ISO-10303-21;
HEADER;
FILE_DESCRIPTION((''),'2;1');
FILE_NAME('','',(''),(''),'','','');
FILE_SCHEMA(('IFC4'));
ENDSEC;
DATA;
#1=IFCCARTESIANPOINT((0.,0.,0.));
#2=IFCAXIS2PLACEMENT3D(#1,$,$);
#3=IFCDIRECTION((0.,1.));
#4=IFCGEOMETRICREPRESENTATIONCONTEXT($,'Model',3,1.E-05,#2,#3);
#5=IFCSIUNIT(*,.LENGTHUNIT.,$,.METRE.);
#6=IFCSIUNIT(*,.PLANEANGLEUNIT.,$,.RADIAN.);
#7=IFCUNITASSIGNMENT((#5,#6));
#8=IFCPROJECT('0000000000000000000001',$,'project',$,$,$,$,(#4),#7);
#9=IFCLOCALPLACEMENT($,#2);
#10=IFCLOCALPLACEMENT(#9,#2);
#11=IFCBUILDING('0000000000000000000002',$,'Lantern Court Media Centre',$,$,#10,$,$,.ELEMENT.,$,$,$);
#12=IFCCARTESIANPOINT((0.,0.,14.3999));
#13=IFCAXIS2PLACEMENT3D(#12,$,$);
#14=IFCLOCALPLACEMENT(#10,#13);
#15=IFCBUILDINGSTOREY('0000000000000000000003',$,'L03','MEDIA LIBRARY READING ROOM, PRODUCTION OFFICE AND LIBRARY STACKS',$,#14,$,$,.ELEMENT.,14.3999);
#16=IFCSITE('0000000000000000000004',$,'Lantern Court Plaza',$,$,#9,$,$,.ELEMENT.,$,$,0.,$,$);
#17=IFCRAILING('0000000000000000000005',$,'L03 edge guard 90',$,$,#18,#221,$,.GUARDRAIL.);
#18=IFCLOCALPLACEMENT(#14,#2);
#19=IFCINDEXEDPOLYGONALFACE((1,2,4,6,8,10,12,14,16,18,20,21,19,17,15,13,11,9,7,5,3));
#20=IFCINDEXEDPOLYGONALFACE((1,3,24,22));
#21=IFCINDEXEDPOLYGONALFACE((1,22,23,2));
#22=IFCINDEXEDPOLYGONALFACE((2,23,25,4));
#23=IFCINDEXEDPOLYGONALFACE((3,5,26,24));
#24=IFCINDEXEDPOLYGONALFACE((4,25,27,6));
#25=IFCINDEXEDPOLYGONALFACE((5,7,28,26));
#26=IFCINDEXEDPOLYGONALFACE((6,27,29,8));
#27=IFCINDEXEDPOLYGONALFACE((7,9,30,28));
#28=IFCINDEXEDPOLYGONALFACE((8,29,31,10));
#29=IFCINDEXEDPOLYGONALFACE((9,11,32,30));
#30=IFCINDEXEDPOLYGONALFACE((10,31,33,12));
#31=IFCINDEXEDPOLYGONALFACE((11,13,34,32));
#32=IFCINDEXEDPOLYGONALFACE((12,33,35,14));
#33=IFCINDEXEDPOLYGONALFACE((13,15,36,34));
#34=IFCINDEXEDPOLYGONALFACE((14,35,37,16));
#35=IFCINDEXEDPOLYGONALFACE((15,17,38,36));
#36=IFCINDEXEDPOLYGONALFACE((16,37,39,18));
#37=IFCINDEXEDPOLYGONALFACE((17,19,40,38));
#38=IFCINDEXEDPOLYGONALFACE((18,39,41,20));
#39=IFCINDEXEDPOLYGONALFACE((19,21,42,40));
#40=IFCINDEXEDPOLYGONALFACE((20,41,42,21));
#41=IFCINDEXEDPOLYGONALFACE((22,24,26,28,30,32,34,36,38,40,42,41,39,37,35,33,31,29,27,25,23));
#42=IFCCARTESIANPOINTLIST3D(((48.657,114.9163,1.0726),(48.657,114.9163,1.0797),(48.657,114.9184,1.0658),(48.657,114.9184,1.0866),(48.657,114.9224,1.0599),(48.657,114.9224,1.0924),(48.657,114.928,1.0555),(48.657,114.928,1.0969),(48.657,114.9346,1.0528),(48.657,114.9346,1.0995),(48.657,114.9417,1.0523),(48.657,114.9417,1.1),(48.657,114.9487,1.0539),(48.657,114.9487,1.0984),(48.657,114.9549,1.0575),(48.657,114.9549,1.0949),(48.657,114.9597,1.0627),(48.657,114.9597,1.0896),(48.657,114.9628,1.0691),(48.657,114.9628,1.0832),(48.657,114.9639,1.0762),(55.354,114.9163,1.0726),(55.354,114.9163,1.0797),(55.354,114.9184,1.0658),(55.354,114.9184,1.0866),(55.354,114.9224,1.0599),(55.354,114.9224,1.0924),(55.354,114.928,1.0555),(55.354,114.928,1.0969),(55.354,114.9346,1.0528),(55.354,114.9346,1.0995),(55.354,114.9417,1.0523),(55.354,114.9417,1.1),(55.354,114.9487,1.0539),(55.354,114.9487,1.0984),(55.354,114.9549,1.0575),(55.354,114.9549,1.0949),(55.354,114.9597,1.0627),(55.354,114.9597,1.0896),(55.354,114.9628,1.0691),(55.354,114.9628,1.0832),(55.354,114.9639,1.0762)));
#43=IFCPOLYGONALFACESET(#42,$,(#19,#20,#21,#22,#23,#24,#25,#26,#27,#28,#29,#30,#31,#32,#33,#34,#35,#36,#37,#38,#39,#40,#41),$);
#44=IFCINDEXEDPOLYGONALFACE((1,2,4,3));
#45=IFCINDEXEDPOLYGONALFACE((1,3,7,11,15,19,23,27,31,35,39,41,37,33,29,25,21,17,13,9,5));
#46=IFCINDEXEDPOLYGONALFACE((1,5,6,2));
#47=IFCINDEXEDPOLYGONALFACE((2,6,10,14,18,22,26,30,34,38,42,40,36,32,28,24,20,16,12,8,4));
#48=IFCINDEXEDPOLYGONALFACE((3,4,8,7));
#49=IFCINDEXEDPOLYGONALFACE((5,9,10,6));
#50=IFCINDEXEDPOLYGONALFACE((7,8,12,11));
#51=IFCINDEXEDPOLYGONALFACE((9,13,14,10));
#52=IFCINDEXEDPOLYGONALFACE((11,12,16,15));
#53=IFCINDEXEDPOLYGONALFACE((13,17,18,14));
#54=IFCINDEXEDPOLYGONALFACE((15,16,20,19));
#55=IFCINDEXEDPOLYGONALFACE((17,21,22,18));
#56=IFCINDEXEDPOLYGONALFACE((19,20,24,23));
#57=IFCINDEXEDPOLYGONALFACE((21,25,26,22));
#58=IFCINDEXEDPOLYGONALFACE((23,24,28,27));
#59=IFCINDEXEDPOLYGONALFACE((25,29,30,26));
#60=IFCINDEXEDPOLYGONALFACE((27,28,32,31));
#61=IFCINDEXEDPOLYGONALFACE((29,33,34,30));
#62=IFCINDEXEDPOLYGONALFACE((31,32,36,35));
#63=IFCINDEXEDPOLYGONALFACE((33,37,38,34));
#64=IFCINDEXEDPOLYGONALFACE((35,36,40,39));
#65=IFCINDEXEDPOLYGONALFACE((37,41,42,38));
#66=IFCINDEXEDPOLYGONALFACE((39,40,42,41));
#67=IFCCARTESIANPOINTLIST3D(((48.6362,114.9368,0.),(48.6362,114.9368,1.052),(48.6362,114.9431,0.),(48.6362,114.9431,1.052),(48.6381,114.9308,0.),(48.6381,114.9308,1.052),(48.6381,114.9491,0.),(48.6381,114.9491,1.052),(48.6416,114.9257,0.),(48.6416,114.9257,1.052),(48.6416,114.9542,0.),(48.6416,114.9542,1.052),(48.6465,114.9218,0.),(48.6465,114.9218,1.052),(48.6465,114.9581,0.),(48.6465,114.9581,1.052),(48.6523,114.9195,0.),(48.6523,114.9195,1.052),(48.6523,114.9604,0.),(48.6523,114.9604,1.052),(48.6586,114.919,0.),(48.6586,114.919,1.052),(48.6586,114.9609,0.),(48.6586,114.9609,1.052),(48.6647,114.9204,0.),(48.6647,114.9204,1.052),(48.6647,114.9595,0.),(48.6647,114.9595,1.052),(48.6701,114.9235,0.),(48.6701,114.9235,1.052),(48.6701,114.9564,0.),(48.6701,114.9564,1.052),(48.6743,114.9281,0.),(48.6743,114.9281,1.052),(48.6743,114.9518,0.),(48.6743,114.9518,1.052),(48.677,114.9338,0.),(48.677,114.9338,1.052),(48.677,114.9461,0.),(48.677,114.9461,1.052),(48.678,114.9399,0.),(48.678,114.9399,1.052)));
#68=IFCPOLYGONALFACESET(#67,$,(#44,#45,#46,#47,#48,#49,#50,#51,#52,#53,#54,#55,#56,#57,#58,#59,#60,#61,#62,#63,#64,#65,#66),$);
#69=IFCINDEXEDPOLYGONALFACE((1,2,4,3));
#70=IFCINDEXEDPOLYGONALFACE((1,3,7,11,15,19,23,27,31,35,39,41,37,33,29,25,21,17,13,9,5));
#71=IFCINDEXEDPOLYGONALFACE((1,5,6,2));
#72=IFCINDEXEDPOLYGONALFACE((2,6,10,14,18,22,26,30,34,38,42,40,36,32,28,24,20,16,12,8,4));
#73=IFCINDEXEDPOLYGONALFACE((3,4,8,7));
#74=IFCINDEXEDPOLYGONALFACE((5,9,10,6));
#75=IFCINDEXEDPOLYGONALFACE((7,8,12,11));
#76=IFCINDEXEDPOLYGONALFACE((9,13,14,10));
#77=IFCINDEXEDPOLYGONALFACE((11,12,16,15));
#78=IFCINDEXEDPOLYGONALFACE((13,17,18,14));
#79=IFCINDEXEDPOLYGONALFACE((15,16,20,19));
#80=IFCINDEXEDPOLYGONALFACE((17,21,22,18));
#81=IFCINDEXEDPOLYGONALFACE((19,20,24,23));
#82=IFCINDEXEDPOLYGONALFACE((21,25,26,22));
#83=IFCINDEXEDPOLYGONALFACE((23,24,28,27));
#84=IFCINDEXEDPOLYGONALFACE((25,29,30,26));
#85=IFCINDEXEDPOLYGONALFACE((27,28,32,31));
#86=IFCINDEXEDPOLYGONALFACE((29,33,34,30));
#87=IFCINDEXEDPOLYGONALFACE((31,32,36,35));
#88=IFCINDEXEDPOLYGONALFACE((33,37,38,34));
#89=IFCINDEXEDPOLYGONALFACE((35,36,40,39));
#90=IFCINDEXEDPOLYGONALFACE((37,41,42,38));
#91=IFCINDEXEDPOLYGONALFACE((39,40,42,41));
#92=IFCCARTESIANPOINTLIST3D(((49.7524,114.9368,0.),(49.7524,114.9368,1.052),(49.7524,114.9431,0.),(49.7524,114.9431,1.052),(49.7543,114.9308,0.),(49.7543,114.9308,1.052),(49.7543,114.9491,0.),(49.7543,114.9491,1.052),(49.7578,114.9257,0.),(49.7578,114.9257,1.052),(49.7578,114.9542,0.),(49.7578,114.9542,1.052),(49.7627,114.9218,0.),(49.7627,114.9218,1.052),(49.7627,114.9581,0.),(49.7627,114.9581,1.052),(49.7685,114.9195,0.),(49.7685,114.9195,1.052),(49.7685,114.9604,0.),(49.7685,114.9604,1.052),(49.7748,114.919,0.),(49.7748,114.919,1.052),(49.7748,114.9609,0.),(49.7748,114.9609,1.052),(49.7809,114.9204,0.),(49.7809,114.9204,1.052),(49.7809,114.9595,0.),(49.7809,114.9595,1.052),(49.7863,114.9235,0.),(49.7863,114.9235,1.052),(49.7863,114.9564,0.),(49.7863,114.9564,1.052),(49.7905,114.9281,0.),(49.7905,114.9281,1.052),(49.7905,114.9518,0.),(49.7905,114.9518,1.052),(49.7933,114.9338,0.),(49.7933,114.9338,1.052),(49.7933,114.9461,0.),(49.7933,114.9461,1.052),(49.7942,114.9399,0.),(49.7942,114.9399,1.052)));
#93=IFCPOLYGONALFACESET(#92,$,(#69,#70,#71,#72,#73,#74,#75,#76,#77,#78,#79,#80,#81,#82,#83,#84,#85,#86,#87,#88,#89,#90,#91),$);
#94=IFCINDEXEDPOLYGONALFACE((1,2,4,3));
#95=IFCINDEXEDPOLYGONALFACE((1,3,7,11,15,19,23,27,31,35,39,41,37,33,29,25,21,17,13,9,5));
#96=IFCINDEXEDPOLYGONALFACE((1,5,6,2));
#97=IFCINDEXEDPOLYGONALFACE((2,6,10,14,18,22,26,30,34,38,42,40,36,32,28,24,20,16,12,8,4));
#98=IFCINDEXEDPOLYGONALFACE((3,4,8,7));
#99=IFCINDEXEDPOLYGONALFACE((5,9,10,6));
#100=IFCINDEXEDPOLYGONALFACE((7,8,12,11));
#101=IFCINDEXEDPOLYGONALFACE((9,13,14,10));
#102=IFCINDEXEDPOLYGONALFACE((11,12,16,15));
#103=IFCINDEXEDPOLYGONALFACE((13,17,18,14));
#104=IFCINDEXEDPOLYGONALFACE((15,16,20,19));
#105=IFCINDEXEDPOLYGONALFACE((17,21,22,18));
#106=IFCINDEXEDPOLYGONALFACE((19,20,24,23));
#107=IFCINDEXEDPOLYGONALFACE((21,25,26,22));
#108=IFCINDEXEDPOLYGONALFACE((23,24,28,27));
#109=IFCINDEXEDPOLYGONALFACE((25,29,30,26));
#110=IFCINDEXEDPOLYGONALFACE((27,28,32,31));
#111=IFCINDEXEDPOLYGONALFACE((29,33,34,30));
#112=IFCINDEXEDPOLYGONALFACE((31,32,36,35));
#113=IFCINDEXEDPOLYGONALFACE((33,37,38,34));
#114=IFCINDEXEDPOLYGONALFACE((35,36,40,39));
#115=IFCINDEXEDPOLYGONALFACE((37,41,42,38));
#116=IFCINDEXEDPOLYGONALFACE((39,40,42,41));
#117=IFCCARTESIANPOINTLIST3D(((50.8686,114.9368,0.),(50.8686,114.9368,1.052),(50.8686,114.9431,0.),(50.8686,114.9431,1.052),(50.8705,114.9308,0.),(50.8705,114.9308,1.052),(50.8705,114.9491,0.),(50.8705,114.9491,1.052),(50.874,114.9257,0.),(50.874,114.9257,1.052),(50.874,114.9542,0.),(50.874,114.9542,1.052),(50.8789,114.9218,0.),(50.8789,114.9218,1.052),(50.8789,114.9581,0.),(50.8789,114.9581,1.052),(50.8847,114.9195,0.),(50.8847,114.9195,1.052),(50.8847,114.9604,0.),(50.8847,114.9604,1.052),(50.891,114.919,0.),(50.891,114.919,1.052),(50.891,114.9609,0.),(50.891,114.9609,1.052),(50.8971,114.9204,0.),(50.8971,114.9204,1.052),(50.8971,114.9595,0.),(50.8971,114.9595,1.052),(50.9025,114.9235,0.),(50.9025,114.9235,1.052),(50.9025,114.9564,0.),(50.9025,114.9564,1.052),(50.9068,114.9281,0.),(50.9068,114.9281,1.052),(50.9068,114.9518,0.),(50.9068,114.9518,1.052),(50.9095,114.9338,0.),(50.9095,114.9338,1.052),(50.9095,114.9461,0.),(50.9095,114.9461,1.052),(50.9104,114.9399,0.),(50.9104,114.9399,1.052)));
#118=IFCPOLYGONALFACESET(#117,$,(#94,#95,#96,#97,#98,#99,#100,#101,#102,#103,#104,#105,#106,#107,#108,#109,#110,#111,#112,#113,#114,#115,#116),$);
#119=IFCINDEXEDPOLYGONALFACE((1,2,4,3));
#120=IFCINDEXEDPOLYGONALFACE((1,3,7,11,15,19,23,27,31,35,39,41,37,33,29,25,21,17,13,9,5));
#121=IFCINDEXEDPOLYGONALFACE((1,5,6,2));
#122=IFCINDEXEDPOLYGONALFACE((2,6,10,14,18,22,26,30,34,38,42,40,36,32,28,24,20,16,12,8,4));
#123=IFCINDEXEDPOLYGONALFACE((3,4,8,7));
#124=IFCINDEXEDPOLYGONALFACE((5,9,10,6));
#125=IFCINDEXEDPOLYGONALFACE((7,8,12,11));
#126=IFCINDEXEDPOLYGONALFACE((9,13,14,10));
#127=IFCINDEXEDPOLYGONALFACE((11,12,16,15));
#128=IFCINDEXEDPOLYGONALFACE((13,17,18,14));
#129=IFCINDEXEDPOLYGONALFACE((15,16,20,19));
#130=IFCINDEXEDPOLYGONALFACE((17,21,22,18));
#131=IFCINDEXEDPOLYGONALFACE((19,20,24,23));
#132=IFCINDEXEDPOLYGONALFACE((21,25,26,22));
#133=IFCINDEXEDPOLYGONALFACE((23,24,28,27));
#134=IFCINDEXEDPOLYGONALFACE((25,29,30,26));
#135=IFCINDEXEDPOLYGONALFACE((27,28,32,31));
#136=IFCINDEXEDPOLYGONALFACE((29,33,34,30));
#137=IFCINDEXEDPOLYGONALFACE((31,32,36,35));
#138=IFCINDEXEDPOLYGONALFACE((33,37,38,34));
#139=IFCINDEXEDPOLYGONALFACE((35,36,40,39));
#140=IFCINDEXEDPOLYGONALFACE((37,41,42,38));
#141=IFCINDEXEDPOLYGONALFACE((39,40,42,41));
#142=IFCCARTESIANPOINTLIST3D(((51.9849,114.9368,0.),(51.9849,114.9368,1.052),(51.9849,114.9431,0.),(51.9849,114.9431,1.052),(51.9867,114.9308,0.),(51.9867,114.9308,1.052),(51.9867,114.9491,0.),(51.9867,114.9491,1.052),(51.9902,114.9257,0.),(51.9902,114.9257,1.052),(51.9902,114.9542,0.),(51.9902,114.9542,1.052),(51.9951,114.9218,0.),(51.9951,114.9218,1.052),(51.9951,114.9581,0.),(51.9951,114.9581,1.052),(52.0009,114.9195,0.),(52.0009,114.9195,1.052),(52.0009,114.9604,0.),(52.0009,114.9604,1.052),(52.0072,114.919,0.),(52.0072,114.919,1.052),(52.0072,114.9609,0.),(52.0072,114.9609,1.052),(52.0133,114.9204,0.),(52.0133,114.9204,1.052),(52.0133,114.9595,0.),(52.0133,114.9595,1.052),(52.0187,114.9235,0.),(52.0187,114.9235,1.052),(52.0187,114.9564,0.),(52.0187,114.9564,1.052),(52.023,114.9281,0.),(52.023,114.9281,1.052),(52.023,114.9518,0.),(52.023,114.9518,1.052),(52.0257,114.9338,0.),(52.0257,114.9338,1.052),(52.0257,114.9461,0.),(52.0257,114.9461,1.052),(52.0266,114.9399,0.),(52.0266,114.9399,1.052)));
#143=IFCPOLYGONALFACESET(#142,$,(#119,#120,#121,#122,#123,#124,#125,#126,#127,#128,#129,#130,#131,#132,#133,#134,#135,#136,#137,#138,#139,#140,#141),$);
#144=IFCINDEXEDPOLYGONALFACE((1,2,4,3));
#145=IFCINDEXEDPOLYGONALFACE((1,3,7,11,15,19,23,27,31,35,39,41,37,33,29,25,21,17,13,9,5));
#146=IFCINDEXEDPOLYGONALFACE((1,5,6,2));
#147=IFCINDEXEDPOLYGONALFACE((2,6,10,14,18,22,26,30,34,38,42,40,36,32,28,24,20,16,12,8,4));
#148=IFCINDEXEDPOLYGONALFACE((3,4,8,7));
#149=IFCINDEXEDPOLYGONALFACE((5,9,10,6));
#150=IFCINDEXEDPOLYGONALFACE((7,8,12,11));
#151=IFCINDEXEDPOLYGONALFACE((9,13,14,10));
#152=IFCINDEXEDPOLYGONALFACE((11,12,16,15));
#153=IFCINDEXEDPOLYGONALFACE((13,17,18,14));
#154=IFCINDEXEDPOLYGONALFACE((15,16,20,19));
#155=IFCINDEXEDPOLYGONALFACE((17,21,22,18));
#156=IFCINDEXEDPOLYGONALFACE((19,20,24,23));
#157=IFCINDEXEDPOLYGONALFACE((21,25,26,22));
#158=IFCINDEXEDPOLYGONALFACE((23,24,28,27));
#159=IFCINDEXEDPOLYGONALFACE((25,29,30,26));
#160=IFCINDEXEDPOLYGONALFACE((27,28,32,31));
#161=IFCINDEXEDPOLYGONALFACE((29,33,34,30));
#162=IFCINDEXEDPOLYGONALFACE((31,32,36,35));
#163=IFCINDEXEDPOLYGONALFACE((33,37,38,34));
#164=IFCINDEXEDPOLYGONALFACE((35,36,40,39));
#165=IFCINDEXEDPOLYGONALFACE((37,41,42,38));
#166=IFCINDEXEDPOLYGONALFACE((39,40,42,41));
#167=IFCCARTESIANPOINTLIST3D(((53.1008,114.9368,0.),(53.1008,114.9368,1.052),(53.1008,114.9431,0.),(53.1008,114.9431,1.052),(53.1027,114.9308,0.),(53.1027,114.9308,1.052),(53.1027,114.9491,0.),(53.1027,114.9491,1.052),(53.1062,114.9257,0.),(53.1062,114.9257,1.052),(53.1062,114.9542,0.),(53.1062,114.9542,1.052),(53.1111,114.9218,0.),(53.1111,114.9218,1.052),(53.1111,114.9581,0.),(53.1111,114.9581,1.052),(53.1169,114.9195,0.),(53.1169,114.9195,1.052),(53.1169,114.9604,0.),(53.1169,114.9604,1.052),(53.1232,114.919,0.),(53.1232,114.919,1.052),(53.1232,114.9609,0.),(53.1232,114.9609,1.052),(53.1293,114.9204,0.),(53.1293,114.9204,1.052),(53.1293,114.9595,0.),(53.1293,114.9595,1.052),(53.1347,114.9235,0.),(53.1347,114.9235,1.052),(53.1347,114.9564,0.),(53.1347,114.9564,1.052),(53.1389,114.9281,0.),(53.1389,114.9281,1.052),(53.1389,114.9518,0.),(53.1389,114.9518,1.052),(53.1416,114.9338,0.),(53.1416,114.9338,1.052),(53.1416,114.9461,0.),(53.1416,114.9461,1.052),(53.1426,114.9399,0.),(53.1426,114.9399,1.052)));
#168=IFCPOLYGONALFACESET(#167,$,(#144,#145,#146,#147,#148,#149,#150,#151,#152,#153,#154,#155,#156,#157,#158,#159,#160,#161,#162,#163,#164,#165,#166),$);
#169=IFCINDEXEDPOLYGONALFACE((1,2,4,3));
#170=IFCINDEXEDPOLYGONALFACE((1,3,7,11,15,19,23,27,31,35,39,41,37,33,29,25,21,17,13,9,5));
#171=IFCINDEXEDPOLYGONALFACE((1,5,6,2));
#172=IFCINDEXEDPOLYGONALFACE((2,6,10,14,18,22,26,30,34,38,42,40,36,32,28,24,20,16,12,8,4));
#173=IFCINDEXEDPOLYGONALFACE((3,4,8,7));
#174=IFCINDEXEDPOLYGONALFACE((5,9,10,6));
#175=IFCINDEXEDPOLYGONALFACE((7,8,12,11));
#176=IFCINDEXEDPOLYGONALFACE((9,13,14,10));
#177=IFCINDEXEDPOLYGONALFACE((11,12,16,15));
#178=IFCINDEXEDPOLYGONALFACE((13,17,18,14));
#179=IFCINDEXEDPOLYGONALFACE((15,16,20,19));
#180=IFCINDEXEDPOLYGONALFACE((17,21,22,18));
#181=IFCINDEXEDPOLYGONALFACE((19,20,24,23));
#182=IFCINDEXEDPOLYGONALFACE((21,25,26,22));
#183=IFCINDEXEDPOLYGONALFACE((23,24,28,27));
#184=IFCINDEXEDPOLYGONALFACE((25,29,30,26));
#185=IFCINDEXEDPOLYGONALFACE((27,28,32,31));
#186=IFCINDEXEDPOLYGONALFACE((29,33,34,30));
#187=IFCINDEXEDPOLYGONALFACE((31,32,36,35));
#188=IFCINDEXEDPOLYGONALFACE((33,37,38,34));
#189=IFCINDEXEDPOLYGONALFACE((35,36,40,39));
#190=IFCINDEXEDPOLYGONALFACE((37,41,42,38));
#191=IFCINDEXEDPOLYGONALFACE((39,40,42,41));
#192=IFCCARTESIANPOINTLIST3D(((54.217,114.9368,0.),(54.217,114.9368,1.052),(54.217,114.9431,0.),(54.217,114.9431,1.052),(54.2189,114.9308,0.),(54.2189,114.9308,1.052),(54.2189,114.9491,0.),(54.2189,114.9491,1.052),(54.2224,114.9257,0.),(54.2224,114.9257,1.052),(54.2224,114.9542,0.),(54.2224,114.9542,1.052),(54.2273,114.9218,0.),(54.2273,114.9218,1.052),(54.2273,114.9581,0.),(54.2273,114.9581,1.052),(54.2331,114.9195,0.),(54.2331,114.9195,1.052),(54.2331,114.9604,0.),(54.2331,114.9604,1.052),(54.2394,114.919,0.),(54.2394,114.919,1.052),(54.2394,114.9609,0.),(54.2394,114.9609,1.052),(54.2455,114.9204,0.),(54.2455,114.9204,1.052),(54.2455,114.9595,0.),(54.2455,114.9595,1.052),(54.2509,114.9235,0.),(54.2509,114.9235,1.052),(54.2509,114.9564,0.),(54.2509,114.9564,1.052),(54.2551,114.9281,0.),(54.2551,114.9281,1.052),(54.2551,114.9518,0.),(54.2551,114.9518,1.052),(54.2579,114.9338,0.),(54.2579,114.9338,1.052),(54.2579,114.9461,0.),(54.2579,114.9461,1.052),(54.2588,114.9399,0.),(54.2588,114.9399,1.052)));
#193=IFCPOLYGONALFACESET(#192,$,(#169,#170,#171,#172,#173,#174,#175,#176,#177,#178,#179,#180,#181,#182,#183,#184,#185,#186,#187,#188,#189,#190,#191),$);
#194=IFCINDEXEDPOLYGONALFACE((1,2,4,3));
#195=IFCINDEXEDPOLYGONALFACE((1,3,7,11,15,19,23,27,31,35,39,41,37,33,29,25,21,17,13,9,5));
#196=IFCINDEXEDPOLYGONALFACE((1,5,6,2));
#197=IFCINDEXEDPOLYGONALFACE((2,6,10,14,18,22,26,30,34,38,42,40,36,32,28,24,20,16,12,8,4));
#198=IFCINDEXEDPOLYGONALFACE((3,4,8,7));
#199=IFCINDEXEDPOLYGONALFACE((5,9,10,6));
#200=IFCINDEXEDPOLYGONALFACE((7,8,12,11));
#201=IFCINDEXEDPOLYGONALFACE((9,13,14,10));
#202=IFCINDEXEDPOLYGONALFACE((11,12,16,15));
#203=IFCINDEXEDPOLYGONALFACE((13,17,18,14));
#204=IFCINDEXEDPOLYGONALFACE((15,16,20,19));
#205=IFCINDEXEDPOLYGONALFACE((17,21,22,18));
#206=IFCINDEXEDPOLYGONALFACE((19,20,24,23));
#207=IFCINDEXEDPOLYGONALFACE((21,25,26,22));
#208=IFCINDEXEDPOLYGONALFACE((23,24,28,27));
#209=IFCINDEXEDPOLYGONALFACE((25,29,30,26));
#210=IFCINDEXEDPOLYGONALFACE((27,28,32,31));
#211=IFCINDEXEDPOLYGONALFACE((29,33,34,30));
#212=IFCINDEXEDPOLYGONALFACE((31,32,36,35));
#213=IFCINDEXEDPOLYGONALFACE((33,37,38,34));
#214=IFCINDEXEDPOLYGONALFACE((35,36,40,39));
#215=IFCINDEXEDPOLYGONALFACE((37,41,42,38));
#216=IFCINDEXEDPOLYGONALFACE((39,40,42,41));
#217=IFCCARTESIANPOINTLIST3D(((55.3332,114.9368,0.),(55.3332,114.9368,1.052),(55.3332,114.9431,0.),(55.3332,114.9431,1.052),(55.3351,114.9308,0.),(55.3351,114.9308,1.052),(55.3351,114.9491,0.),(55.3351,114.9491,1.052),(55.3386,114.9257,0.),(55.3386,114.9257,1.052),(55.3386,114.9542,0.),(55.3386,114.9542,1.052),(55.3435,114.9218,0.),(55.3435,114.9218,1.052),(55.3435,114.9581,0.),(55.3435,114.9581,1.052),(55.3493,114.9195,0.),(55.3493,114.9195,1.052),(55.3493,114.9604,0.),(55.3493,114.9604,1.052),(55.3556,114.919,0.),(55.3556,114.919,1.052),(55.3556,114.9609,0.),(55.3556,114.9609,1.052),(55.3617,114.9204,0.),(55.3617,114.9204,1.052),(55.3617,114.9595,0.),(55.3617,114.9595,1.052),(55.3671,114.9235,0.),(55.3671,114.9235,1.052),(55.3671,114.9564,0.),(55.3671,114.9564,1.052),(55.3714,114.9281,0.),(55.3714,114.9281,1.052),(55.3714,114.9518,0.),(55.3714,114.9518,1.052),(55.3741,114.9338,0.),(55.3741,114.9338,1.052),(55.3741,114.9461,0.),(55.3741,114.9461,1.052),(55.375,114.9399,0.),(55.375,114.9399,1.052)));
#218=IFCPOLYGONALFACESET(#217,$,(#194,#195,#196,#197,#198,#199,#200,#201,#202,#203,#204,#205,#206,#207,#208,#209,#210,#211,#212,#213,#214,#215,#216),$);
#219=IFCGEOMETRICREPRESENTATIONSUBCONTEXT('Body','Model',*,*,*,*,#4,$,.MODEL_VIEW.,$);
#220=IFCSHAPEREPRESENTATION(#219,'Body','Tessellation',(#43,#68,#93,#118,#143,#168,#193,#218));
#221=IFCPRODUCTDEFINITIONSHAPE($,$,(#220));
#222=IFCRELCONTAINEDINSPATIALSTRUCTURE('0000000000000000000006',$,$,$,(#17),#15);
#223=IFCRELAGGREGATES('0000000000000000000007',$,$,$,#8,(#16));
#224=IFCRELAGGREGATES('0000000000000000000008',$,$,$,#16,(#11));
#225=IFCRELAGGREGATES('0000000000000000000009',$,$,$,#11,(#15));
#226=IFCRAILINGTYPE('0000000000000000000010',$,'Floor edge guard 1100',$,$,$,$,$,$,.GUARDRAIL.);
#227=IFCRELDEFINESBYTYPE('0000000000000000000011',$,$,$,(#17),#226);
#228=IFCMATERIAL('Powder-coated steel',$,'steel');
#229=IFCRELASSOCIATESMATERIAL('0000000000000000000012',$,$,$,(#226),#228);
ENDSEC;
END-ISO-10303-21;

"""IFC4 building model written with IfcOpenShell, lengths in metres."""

from ifc_helpers import new_model, si_unit, direction, frame, origin, origin_2d, place, context, subcontext, project, spatial, circle, extrude, material, type_object, element, save


model = new_model("IFC4")

# Units and contexts
model_context = context("Model", 3, precision=1e-05, world=origin(), true_north=direction((0.0, 1.0)))
body_context = subcontext(model_context, "Body", "Model", "MODEL_VIEW")
ifc_project = project(units=[si_unit("LENGTHUNIT", "METRE"), si_unit("PLANEANGLEUNIT", "RADIAN")], contexts=[model_context])

# Site, building, storey
site_placement = place(None, origin())
site = spatial("IfcSite", under=ifc_project, at=site_placement, Name="Lantern Court Plaza", CompositionType="ELEMENT", RefElevation=0.0)
building_placement = place(site_placement, origin())
building = spatial("IfcBuilding", under=site, at=building_placement, Name="Lantern Court Media Centre", CompositionType="ELEMENT")
storey_placement = place(building_placement, frame((0.0, 0.0, 14.3999)))
storey = spatial("IfcBuildingStorey", under=building, at=storey_placement, Name="L03", Description="MEDIA LIBRARY READING ROOM, PRODUCTION OFFICE AND LIBRARY STACKS", CompositionType="ELEMENT", Elevation=14.3999)

# Railing
ifc_material_1 = material(Name="Powder-coated steel", Category="steel")
railing_type = type_object("IfcRailingType", Name="Floor edge guard 1100", PredefinedType="GUARDRAIL", material=ifc_material_1)
railing_1_placement = place(storey_placement, frame((48.657, 114.9399, 0.0)))
element("IfcRailing", 1, at=railing_1_placement, inside=storey, type_object=railing_type, Name="L03 edge guard 90", PredefinedType="GUARDRAIL", context=body_context, shape_type="SweptSolid", body=[
    extrude(circle(Radius=0.0239, at=origin_2d()), frame((0.0, 0.0, 1.0762), z_axis=(1.0, 0.0, 0.0), x_axis=(0.0, 1.0, 0.0)), (0.0, 0.0, 1.0), 6.697),
    extrude(circle(Radius=0.021, at=origin_2d()), origin(), (0.0, 0.0, 1.0), 1.052),
    extrude(circle(Radius=0.021, at=origin_2d()), frame((1.1162, 0.0, 0.0)), (0.0, 0.0, 1.0), 1.052),
    extrude(circle(Radius=0.021, at=origin_2d()), frame((2.2324, 0.0, 0.0)), (0.0, 0.0, 1.0), 1.052),
    extrude(circle(Radius=0.021, at=origin_2d()), frame((3.3486, 0.0, 0.0)), (0.0, 0.0, 1.0), 1.052),
    extrude(circle(Radius=0.021, at=origin_2d()), frame((4.4646, 0.0, 0.0)), (0.0, 0.0, 1.0), 1.052),
    extrude(circle(Radius=0.021, at=origin_2d()), frame((5.5808, 0.0, 0.0)), (0.0, 0.0, 1.0), 1.052),
    extrude(circle(Radius=0.021, at=origin_2d()), frame((6.697, 0.0, 0.0)), (0.0, 0.0, 1.0), 1.052),
])

save(model, "model.ifc")
